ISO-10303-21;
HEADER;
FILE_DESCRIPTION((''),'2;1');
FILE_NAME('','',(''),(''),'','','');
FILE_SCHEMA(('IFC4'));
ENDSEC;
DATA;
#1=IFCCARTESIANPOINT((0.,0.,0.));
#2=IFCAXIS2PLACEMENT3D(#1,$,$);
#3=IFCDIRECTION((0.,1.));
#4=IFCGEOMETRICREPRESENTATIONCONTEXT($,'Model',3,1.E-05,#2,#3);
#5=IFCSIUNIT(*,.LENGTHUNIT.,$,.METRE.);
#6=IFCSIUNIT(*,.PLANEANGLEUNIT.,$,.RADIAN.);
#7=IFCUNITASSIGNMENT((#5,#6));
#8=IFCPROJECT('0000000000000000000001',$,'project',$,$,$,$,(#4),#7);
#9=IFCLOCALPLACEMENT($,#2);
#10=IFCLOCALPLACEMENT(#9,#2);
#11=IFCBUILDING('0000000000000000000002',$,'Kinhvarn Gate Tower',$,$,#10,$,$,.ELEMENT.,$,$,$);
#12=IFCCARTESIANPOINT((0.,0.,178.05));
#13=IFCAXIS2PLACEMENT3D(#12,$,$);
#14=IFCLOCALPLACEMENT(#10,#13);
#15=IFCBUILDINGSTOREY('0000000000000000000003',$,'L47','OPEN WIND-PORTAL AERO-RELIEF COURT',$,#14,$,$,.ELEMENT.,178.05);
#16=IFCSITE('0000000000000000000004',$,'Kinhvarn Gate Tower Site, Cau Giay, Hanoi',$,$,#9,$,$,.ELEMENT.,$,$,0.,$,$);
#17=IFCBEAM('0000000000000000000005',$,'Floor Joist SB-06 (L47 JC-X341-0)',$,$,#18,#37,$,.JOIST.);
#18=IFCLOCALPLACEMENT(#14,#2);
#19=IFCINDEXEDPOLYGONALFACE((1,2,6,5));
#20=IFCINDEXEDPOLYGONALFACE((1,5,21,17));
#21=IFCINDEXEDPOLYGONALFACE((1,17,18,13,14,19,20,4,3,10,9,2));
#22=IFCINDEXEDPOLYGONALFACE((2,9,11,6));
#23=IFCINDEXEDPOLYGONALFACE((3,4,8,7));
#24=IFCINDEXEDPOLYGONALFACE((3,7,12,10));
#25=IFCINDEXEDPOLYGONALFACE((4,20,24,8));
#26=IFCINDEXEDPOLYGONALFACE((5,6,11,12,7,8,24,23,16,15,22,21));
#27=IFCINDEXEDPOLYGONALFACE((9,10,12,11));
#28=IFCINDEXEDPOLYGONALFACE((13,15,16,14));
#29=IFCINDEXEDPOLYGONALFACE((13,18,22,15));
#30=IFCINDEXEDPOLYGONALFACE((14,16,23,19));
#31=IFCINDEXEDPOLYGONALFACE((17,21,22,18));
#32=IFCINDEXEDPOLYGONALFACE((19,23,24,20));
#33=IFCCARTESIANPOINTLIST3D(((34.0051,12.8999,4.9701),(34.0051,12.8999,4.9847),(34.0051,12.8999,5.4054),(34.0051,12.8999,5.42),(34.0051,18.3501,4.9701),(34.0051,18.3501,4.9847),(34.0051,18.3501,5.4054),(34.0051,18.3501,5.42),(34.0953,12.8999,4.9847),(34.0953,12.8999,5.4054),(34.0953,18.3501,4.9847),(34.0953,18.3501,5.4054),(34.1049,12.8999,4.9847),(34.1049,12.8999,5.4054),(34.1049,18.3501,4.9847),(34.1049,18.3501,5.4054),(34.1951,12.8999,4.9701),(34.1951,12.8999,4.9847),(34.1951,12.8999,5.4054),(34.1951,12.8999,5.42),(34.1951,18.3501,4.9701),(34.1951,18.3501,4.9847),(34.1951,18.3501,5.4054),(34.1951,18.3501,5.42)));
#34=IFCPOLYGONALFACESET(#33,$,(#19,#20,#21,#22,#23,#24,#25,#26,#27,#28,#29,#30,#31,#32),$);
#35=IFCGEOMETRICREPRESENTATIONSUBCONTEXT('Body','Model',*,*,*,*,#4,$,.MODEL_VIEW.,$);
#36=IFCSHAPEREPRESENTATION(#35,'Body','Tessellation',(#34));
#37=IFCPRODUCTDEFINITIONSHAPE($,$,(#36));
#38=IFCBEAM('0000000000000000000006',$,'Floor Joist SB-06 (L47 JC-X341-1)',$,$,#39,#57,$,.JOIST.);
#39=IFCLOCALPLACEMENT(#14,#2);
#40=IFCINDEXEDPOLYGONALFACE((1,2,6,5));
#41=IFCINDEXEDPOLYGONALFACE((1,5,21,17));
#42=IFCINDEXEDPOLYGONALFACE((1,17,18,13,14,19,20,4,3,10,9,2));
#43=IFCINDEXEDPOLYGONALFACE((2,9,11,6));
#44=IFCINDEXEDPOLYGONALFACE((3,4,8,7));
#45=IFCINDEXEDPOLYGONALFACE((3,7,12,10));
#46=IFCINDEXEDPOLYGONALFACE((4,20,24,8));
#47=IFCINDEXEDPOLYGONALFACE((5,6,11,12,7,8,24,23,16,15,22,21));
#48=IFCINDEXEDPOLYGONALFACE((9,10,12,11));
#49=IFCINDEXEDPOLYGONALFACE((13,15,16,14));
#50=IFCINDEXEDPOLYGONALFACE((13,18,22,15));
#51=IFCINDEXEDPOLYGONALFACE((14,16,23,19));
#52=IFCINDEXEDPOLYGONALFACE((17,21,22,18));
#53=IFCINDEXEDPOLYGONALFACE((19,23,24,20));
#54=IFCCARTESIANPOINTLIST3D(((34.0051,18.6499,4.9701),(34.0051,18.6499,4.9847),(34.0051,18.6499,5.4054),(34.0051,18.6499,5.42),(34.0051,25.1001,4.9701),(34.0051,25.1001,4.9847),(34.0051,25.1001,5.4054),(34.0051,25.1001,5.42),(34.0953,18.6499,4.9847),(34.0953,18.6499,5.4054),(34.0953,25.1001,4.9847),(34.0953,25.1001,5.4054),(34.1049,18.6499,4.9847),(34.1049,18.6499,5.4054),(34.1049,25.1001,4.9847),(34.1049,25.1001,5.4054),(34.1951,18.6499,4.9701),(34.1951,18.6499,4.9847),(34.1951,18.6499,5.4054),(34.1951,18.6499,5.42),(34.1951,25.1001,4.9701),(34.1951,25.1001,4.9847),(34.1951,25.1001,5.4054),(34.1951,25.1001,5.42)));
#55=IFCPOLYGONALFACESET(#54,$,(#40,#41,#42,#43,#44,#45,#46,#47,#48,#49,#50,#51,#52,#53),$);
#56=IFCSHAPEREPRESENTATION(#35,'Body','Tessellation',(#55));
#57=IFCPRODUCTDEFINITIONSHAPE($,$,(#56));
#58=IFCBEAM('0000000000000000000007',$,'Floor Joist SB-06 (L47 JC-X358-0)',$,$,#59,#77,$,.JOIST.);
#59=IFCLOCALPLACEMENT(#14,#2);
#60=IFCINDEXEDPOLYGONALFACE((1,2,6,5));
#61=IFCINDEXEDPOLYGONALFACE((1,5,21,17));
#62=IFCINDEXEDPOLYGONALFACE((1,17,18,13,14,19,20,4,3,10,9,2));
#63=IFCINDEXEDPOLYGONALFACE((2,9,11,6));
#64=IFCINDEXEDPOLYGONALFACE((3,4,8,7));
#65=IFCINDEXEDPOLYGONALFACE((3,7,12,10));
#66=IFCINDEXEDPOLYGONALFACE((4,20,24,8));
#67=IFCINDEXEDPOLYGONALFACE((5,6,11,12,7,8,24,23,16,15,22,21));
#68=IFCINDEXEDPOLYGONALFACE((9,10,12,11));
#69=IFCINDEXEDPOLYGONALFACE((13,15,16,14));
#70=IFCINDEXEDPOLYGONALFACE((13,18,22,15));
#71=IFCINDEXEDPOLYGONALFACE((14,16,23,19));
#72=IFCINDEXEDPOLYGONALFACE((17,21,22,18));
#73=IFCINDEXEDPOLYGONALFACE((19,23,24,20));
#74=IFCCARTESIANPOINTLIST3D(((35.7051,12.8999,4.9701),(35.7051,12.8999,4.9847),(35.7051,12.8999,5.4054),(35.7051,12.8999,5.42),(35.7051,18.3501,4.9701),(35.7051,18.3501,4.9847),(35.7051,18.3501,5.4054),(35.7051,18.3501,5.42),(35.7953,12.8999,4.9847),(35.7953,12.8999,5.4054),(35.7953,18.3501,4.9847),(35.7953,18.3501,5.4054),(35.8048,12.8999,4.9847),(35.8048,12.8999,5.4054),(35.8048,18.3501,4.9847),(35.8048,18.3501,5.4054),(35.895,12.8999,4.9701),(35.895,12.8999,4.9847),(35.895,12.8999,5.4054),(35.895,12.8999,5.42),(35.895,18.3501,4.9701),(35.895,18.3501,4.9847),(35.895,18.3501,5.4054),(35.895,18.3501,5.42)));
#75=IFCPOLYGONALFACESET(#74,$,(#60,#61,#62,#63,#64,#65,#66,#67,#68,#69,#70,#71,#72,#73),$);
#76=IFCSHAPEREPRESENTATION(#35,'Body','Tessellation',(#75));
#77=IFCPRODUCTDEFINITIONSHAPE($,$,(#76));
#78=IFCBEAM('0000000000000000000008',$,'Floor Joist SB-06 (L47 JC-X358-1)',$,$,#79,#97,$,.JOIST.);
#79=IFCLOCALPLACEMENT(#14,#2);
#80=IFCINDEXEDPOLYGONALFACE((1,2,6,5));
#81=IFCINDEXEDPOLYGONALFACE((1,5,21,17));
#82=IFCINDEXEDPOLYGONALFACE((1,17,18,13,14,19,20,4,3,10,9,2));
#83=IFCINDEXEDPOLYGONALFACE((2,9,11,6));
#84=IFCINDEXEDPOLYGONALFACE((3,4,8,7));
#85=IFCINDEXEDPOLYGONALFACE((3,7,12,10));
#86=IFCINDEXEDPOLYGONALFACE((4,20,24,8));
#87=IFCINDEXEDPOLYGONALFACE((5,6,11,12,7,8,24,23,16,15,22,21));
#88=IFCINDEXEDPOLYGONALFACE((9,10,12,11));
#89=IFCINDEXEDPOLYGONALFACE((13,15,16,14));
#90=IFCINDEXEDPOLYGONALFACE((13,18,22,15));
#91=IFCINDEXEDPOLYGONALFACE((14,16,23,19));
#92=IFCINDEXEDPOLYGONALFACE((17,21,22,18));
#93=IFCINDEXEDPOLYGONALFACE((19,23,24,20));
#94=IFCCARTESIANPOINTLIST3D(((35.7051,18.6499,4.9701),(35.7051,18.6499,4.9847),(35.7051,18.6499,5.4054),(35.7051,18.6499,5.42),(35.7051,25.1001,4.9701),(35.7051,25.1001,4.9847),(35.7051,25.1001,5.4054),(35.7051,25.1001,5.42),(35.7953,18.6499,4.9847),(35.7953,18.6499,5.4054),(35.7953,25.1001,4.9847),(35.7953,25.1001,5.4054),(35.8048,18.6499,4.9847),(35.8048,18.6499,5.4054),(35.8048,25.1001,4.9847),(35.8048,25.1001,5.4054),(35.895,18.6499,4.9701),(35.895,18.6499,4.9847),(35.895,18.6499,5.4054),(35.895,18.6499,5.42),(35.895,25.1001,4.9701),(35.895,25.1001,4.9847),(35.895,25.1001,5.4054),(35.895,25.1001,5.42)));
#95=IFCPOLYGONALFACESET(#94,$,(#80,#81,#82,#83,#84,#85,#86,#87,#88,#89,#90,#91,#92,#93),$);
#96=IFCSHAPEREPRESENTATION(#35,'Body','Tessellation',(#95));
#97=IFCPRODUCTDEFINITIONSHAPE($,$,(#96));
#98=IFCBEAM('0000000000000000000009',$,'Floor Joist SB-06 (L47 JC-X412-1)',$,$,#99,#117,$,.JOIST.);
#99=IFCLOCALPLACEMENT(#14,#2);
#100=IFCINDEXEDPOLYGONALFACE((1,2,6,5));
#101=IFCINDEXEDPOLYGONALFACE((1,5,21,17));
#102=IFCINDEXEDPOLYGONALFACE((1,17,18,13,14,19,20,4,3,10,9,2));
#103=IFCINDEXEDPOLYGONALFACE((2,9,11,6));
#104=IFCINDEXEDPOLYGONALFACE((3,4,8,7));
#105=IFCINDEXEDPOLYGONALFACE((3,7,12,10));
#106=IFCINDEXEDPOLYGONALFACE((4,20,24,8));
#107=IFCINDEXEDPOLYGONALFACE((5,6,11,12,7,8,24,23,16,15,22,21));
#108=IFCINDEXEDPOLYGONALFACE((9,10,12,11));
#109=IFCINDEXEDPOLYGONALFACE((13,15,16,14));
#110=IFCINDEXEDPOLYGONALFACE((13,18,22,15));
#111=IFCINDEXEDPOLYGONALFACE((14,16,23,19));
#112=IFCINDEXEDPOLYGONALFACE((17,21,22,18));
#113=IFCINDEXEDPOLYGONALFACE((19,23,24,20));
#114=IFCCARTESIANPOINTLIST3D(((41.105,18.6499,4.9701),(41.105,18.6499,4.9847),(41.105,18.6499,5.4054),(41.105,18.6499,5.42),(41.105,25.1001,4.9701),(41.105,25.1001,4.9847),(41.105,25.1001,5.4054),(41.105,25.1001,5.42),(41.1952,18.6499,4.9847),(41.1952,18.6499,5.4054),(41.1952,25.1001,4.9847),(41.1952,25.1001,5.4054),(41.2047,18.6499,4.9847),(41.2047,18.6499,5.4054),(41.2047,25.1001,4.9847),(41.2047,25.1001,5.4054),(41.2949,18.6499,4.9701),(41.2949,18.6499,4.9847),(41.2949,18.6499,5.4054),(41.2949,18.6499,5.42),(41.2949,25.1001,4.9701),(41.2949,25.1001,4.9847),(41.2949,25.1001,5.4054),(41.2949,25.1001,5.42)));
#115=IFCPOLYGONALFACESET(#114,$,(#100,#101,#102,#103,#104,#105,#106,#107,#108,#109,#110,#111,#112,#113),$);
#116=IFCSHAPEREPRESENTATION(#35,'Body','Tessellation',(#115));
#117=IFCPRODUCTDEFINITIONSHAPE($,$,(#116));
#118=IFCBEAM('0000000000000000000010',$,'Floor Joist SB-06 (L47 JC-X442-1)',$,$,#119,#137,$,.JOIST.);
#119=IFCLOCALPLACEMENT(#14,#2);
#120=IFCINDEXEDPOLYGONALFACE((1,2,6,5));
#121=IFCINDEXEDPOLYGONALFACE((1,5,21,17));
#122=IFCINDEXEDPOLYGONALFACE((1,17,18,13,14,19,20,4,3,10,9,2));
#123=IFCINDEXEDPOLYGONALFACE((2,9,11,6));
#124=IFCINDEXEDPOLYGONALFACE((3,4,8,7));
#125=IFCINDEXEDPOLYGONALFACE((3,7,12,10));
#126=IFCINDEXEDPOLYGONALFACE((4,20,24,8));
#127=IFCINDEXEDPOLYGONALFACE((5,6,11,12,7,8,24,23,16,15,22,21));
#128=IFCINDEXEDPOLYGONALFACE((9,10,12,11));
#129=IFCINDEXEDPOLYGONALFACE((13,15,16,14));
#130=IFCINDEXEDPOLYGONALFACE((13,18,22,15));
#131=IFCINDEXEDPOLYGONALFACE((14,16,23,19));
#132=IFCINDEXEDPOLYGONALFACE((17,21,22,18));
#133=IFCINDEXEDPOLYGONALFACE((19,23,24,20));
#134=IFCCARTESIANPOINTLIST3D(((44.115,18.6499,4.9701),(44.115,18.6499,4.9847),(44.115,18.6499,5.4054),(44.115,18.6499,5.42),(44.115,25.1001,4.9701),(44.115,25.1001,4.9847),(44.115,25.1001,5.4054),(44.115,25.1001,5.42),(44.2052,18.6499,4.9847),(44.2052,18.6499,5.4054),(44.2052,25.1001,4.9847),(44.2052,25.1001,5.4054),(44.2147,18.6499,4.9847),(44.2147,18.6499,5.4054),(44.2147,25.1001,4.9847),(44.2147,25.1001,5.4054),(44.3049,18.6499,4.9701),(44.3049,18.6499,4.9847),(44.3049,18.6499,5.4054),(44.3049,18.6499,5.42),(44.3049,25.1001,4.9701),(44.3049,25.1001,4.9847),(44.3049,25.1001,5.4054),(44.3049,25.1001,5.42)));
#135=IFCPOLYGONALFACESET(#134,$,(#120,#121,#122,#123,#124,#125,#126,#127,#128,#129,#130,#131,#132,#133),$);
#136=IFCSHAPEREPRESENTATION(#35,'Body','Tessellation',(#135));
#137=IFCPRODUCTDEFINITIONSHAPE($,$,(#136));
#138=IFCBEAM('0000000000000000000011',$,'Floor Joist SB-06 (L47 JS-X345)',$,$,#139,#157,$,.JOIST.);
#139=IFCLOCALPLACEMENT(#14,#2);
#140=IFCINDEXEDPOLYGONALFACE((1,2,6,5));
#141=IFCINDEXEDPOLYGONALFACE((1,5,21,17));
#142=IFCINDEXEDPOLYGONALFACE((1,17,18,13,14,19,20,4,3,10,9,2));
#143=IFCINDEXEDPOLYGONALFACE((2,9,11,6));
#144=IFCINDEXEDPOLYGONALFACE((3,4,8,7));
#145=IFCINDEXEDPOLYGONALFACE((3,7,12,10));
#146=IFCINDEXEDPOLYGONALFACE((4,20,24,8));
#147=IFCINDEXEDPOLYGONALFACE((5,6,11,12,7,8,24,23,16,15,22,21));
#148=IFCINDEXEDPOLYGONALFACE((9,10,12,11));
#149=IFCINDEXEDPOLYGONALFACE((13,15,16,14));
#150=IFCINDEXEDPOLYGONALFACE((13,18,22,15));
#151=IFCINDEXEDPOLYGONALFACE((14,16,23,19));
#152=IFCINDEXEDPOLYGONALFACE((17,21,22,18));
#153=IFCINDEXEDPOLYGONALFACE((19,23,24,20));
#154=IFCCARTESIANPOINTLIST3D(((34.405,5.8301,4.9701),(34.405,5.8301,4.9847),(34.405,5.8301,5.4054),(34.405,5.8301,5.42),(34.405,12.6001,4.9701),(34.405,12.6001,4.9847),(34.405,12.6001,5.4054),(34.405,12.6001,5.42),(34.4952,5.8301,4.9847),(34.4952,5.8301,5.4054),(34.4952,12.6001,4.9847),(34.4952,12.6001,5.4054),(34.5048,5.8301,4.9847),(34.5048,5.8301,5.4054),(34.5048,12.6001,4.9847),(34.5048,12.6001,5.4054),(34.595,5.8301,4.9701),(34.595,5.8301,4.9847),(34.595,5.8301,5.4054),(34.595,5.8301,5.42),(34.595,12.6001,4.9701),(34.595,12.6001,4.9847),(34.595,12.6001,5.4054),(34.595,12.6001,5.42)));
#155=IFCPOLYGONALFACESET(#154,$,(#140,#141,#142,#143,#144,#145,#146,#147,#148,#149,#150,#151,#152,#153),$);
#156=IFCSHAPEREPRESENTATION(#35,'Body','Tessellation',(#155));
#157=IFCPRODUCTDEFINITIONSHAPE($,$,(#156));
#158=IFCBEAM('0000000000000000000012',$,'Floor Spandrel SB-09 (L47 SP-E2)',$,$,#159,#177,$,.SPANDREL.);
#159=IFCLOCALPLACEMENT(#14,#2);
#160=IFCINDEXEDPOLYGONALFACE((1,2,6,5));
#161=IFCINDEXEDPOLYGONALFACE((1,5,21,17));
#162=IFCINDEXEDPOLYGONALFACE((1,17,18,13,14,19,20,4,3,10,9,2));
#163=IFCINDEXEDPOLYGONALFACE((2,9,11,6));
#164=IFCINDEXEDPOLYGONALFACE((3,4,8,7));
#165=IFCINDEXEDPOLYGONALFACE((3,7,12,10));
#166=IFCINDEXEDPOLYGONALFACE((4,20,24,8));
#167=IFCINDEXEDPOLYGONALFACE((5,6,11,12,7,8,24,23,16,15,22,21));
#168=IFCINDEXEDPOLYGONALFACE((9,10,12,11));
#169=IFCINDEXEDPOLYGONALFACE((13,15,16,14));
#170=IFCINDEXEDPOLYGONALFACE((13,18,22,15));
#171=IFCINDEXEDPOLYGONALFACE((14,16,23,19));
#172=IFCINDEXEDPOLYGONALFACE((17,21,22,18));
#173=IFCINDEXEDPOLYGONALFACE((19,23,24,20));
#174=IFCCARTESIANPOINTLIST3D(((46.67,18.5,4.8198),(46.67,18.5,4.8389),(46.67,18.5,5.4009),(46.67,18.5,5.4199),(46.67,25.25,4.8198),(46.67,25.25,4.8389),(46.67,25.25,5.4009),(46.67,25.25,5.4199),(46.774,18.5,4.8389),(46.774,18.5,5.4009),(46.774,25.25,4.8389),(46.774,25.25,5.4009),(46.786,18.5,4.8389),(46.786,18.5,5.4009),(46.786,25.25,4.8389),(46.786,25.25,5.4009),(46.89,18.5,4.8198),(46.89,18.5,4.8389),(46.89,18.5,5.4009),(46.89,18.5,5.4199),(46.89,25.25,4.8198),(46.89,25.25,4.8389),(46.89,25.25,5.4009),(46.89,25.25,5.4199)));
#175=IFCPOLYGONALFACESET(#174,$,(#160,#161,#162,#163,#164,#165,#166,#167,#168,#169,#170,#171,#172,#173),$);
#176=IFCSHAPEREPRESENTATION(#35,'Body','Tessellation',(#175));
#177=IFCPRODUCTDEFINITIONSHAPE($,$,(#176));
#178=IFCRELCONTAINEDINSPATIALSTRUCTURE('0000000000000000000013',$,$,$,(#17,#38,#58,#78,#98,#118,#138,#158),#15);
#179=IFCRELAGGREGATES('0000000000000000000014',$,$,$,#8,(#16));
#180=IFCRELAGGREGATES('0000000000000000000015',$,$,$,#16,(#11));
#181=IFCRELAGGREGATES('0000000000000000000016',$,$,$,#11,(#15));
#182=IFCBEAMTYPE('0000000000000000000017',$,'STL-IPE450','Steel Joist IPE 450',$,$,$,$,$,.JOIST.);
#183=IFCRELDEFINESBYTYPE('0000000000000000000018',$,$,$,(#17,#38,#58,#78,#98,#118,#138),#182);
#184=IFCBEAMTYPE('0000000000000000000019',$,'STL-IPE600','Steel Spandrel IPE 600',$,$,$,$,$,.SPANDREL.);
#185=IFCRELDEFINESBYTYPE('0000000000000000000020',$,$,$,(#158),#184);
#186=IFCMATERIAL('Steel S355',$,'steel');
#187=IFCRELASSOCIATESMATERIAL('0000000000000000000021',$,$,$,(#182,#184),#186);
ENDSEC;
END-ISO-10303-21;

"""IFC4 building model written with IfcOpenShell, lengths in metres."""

from ifc_helpers import new_model, si_unit, direction, frame, origin, origin_2d, place, context, subcontext, project, spatial, i_section, extrude, material, material_profile, profile_set, type_object, element, save


model = new_model("IFC4")

# Units and contexts
model_context = context("Model", 3, precision=1e-05, world=origin(), true_north=direction((0.0, 1.0)))
body_context = subcontext(model_context, "Body", "Model", "MODEL_VIEW")
ifc_project = project(units=[si_unit("LENGTHUNIT", "METRE"), si_unit("PLANEANGLEUNIT", "RADIAN")], contexts=[model_context])

# Site, building, storey
site_placement = place(None, origin())
site = spatial("IfcSite", under=ifc_project, at=site_placement, Name="Kinhvarn Gate Tower Site, Cau Giay, Hanoi", CompositionType="ELEMENT", RefElevation=0.0)
building_placement = place(site_placement, origin())
building = spatial("IfcBuilding", under=site, at=building_placement, Name="Kinhvarn Gate Tower", CompositionType="ELEMENT")
storey_placement = place(building_placement, frame((0.0, 0.0, 178.05)))
storey = spatial("IfcBuildingStorey", under=building, at=storey_placement, Name="L47", Description="OPEN WIND-PORTAL AERO-RELIEF COURT", CompositionType="ELEMENT", Elevation=178.05)

# Shared definitions
ifc_material_1 = material(Name="Steel S355", Category="steel")

# Beams
ifc_material_profile_1 = material_profile(ifc_material_1, i_section(OverallWidth=0.1899, OverallDepth=0.45, WebThickness=0.0095, FlangeThickness=0.0146, at=origin_2d()), Name="IPE 450")
ifc_profile_set_1 = profile_set([ifc_material_profile_1], Name="Steel S355")
beam_type_1 = type_object("IfcBeamType", Name="STL-IPE450", Description="Steel Joist IPE 450", PredefinedType="JOIST", material=ifc_profile_set_1)
beam_1_placement = place(storey_placement, frame((34.1001, 12.8999, 5.1951), z_axis=(0.0, 1.0, 0.0), x_axis=(-1.0, 0.0, 0.0)))
element("IfcBeam", 1, at=beam_1_placement, inside=storey, type_object=beam_type_1, Name="Floor Joist SB-06 (L47 JC-X341-0)", PredefinedType="JOIST", context=body_context, shape_type="SweptSolid", body=[
    extrude(i_section(OverallWidth=0.1899, OverallDepth=0.45, WebThickness=0.0095, FlangeThickness=0.0146, at=origin_2d()), origin(), (0.0, 0.0, 1.0), 5.4502),
])
beam_2_placement = place(storey_placement, frame((34.1001, 18.6499, 5.1951), z_axis=(0.0, 1.0, 0.0), x_axis=(-1.0, 0.0, 0.0)))
element("IfcBeam", 2, at=beam_2_placement, inside=storey, type_object=beam_type_1, Name="Floor Joist SB-06 (L47 JC-X341-1)", PredefinedType="JOIST", context=body_context, shape_type="SweptSolid", body=[
    extrude(i_section(OverallWidth=0.1899, OverallDepth=0.45, WebThickness=0.0095, FlangeThickness=0.0146, at=origin_2d()), origin(), (0.0, 0.0, 1.0), 6.4502),
])
beam_3_placement = place(storey_placement, frame((35.8, 12.8999, 5.1951), z_axis=(0.0, 1.0, 0.0), x_axis=(-1.0, 0.0, 0.0)))
element("IfcBeam", 3, at=beam_3_placement, inside=storey, type_object=beam_type_1, Name="Floor Joist SB-06 (L47 JC-X358-0)", PredefinedType="JOIST", context=body_context, shape_type="SweptSolid", body=[
    extrude(i_section(OverallWidth=0.1899, OverallDepth=0.45, WebThickness=0.0095, FlangeThickness=0.0146, at=origin_2d()), origin(), (0.0, 0.0, 1.0), 5.4502),
])
for number, where, z_axis, x_axis, name in (
    (4, (35.8, 18.6499, 5.1951), (0.0, 1.0, 0.0), (-1.0, 0.0, 0.0), "Floor Joist SB-06 (L47 JC-X358-1)"),
    (5, (41.2, 18.6499, 5.1951), (0.0, 1.0, 0.0), (-1.0, 0.0, 0.0), "Floor Joist SB-06 (L47 JC-X412-1)"),
    (6, (44.21, 18.6499, 5.1951), (0.0, 1.0, 0.0), (-1.0, 0.0, 0.0), "Floor Joist SB-06 (L47 JC-X442-1)"),
):
    element("IfcBeam", number, at=place(storey_placement, frame(where, z_axis=z_axis, x_axis=x_axis)), inside=storey, type_object=beam_type_1, Name=name, PredefinedType="JOIST", context=body_context, shape_type="SweptSolid", body=[
        extrude(i_section(OverallWidth=0.1899, OverallDepth=0.45, WebThickness=0.0095, FlangeThickness=0.0146, at=origin_2d()), origin(), (0.0, 0.0, 1.0), 6.4502),
    ])
beam_4_placement = place(storey_placement, frame((34.5, 5.8301, 5.1951), z_axis=(0.0, 1.0, 0.0), x_axis=(-1.0, 0.0, 0.0)))
element("IfcBeam", 7, at=beam_4_placement, inside=storey, type_object=beam_type_1, Name="Floor Joist SB-06 (L47 JS-X345)", PredefinedType="JOIST", context=body_context, shape_type="SweptSolid", body=[
    extrude(i_section(OverallWidth=0.1899, OverallDepth=0.45, WebThickness=0.0095, FlangeThickness=0.0146, at=origin_2d()), origin(), (0.0, 0.0, 1.0), 6.77),
])
ifc_material_profile_2 = material_profile(ifc_material_1, i_section(OverallWidth=0.22, OverallDepth=0.6001, WebThickness=0.012, FlangeThickness=0.019, at=origin_2d()), Name="IPE 600")
ifc_profile_set_2 = profile_set([ifc_material_profile_2], Name="Steel S355")
beam_type_2 = type_object("IfcBeamType", Name="STL-IPE600", Description="Steel Spandrel IPE 600", PredefinedType="SPANDREL", material=ifc_profile_set_2)
beam_5_placement = place(storey_placement, frame((46.78, 18.5, 5.1199), z_axis=(0.0, 1.0, 0.0), x_axis=(-1.0, 0.0, 0.0)))
element("IfcBeam", 8, at=beam_5_placement, inside=storey, type_object=beam_type_2, Name="Floor Spandrel SB-09 (L47 SP-E2)", PredefinedType="SPANDREL", context=body_context, shape_type="SweptSolid", body=[
    extrude(i_section(OverallWidth=0.22, OverallDepth=0.6001, WebThickness=0.012, FlangeThickness=0.019, at=origin_2d()), origin(), (0.0, 0.0, 1.0), 6.75),
])

save(model, "model.ifc")
